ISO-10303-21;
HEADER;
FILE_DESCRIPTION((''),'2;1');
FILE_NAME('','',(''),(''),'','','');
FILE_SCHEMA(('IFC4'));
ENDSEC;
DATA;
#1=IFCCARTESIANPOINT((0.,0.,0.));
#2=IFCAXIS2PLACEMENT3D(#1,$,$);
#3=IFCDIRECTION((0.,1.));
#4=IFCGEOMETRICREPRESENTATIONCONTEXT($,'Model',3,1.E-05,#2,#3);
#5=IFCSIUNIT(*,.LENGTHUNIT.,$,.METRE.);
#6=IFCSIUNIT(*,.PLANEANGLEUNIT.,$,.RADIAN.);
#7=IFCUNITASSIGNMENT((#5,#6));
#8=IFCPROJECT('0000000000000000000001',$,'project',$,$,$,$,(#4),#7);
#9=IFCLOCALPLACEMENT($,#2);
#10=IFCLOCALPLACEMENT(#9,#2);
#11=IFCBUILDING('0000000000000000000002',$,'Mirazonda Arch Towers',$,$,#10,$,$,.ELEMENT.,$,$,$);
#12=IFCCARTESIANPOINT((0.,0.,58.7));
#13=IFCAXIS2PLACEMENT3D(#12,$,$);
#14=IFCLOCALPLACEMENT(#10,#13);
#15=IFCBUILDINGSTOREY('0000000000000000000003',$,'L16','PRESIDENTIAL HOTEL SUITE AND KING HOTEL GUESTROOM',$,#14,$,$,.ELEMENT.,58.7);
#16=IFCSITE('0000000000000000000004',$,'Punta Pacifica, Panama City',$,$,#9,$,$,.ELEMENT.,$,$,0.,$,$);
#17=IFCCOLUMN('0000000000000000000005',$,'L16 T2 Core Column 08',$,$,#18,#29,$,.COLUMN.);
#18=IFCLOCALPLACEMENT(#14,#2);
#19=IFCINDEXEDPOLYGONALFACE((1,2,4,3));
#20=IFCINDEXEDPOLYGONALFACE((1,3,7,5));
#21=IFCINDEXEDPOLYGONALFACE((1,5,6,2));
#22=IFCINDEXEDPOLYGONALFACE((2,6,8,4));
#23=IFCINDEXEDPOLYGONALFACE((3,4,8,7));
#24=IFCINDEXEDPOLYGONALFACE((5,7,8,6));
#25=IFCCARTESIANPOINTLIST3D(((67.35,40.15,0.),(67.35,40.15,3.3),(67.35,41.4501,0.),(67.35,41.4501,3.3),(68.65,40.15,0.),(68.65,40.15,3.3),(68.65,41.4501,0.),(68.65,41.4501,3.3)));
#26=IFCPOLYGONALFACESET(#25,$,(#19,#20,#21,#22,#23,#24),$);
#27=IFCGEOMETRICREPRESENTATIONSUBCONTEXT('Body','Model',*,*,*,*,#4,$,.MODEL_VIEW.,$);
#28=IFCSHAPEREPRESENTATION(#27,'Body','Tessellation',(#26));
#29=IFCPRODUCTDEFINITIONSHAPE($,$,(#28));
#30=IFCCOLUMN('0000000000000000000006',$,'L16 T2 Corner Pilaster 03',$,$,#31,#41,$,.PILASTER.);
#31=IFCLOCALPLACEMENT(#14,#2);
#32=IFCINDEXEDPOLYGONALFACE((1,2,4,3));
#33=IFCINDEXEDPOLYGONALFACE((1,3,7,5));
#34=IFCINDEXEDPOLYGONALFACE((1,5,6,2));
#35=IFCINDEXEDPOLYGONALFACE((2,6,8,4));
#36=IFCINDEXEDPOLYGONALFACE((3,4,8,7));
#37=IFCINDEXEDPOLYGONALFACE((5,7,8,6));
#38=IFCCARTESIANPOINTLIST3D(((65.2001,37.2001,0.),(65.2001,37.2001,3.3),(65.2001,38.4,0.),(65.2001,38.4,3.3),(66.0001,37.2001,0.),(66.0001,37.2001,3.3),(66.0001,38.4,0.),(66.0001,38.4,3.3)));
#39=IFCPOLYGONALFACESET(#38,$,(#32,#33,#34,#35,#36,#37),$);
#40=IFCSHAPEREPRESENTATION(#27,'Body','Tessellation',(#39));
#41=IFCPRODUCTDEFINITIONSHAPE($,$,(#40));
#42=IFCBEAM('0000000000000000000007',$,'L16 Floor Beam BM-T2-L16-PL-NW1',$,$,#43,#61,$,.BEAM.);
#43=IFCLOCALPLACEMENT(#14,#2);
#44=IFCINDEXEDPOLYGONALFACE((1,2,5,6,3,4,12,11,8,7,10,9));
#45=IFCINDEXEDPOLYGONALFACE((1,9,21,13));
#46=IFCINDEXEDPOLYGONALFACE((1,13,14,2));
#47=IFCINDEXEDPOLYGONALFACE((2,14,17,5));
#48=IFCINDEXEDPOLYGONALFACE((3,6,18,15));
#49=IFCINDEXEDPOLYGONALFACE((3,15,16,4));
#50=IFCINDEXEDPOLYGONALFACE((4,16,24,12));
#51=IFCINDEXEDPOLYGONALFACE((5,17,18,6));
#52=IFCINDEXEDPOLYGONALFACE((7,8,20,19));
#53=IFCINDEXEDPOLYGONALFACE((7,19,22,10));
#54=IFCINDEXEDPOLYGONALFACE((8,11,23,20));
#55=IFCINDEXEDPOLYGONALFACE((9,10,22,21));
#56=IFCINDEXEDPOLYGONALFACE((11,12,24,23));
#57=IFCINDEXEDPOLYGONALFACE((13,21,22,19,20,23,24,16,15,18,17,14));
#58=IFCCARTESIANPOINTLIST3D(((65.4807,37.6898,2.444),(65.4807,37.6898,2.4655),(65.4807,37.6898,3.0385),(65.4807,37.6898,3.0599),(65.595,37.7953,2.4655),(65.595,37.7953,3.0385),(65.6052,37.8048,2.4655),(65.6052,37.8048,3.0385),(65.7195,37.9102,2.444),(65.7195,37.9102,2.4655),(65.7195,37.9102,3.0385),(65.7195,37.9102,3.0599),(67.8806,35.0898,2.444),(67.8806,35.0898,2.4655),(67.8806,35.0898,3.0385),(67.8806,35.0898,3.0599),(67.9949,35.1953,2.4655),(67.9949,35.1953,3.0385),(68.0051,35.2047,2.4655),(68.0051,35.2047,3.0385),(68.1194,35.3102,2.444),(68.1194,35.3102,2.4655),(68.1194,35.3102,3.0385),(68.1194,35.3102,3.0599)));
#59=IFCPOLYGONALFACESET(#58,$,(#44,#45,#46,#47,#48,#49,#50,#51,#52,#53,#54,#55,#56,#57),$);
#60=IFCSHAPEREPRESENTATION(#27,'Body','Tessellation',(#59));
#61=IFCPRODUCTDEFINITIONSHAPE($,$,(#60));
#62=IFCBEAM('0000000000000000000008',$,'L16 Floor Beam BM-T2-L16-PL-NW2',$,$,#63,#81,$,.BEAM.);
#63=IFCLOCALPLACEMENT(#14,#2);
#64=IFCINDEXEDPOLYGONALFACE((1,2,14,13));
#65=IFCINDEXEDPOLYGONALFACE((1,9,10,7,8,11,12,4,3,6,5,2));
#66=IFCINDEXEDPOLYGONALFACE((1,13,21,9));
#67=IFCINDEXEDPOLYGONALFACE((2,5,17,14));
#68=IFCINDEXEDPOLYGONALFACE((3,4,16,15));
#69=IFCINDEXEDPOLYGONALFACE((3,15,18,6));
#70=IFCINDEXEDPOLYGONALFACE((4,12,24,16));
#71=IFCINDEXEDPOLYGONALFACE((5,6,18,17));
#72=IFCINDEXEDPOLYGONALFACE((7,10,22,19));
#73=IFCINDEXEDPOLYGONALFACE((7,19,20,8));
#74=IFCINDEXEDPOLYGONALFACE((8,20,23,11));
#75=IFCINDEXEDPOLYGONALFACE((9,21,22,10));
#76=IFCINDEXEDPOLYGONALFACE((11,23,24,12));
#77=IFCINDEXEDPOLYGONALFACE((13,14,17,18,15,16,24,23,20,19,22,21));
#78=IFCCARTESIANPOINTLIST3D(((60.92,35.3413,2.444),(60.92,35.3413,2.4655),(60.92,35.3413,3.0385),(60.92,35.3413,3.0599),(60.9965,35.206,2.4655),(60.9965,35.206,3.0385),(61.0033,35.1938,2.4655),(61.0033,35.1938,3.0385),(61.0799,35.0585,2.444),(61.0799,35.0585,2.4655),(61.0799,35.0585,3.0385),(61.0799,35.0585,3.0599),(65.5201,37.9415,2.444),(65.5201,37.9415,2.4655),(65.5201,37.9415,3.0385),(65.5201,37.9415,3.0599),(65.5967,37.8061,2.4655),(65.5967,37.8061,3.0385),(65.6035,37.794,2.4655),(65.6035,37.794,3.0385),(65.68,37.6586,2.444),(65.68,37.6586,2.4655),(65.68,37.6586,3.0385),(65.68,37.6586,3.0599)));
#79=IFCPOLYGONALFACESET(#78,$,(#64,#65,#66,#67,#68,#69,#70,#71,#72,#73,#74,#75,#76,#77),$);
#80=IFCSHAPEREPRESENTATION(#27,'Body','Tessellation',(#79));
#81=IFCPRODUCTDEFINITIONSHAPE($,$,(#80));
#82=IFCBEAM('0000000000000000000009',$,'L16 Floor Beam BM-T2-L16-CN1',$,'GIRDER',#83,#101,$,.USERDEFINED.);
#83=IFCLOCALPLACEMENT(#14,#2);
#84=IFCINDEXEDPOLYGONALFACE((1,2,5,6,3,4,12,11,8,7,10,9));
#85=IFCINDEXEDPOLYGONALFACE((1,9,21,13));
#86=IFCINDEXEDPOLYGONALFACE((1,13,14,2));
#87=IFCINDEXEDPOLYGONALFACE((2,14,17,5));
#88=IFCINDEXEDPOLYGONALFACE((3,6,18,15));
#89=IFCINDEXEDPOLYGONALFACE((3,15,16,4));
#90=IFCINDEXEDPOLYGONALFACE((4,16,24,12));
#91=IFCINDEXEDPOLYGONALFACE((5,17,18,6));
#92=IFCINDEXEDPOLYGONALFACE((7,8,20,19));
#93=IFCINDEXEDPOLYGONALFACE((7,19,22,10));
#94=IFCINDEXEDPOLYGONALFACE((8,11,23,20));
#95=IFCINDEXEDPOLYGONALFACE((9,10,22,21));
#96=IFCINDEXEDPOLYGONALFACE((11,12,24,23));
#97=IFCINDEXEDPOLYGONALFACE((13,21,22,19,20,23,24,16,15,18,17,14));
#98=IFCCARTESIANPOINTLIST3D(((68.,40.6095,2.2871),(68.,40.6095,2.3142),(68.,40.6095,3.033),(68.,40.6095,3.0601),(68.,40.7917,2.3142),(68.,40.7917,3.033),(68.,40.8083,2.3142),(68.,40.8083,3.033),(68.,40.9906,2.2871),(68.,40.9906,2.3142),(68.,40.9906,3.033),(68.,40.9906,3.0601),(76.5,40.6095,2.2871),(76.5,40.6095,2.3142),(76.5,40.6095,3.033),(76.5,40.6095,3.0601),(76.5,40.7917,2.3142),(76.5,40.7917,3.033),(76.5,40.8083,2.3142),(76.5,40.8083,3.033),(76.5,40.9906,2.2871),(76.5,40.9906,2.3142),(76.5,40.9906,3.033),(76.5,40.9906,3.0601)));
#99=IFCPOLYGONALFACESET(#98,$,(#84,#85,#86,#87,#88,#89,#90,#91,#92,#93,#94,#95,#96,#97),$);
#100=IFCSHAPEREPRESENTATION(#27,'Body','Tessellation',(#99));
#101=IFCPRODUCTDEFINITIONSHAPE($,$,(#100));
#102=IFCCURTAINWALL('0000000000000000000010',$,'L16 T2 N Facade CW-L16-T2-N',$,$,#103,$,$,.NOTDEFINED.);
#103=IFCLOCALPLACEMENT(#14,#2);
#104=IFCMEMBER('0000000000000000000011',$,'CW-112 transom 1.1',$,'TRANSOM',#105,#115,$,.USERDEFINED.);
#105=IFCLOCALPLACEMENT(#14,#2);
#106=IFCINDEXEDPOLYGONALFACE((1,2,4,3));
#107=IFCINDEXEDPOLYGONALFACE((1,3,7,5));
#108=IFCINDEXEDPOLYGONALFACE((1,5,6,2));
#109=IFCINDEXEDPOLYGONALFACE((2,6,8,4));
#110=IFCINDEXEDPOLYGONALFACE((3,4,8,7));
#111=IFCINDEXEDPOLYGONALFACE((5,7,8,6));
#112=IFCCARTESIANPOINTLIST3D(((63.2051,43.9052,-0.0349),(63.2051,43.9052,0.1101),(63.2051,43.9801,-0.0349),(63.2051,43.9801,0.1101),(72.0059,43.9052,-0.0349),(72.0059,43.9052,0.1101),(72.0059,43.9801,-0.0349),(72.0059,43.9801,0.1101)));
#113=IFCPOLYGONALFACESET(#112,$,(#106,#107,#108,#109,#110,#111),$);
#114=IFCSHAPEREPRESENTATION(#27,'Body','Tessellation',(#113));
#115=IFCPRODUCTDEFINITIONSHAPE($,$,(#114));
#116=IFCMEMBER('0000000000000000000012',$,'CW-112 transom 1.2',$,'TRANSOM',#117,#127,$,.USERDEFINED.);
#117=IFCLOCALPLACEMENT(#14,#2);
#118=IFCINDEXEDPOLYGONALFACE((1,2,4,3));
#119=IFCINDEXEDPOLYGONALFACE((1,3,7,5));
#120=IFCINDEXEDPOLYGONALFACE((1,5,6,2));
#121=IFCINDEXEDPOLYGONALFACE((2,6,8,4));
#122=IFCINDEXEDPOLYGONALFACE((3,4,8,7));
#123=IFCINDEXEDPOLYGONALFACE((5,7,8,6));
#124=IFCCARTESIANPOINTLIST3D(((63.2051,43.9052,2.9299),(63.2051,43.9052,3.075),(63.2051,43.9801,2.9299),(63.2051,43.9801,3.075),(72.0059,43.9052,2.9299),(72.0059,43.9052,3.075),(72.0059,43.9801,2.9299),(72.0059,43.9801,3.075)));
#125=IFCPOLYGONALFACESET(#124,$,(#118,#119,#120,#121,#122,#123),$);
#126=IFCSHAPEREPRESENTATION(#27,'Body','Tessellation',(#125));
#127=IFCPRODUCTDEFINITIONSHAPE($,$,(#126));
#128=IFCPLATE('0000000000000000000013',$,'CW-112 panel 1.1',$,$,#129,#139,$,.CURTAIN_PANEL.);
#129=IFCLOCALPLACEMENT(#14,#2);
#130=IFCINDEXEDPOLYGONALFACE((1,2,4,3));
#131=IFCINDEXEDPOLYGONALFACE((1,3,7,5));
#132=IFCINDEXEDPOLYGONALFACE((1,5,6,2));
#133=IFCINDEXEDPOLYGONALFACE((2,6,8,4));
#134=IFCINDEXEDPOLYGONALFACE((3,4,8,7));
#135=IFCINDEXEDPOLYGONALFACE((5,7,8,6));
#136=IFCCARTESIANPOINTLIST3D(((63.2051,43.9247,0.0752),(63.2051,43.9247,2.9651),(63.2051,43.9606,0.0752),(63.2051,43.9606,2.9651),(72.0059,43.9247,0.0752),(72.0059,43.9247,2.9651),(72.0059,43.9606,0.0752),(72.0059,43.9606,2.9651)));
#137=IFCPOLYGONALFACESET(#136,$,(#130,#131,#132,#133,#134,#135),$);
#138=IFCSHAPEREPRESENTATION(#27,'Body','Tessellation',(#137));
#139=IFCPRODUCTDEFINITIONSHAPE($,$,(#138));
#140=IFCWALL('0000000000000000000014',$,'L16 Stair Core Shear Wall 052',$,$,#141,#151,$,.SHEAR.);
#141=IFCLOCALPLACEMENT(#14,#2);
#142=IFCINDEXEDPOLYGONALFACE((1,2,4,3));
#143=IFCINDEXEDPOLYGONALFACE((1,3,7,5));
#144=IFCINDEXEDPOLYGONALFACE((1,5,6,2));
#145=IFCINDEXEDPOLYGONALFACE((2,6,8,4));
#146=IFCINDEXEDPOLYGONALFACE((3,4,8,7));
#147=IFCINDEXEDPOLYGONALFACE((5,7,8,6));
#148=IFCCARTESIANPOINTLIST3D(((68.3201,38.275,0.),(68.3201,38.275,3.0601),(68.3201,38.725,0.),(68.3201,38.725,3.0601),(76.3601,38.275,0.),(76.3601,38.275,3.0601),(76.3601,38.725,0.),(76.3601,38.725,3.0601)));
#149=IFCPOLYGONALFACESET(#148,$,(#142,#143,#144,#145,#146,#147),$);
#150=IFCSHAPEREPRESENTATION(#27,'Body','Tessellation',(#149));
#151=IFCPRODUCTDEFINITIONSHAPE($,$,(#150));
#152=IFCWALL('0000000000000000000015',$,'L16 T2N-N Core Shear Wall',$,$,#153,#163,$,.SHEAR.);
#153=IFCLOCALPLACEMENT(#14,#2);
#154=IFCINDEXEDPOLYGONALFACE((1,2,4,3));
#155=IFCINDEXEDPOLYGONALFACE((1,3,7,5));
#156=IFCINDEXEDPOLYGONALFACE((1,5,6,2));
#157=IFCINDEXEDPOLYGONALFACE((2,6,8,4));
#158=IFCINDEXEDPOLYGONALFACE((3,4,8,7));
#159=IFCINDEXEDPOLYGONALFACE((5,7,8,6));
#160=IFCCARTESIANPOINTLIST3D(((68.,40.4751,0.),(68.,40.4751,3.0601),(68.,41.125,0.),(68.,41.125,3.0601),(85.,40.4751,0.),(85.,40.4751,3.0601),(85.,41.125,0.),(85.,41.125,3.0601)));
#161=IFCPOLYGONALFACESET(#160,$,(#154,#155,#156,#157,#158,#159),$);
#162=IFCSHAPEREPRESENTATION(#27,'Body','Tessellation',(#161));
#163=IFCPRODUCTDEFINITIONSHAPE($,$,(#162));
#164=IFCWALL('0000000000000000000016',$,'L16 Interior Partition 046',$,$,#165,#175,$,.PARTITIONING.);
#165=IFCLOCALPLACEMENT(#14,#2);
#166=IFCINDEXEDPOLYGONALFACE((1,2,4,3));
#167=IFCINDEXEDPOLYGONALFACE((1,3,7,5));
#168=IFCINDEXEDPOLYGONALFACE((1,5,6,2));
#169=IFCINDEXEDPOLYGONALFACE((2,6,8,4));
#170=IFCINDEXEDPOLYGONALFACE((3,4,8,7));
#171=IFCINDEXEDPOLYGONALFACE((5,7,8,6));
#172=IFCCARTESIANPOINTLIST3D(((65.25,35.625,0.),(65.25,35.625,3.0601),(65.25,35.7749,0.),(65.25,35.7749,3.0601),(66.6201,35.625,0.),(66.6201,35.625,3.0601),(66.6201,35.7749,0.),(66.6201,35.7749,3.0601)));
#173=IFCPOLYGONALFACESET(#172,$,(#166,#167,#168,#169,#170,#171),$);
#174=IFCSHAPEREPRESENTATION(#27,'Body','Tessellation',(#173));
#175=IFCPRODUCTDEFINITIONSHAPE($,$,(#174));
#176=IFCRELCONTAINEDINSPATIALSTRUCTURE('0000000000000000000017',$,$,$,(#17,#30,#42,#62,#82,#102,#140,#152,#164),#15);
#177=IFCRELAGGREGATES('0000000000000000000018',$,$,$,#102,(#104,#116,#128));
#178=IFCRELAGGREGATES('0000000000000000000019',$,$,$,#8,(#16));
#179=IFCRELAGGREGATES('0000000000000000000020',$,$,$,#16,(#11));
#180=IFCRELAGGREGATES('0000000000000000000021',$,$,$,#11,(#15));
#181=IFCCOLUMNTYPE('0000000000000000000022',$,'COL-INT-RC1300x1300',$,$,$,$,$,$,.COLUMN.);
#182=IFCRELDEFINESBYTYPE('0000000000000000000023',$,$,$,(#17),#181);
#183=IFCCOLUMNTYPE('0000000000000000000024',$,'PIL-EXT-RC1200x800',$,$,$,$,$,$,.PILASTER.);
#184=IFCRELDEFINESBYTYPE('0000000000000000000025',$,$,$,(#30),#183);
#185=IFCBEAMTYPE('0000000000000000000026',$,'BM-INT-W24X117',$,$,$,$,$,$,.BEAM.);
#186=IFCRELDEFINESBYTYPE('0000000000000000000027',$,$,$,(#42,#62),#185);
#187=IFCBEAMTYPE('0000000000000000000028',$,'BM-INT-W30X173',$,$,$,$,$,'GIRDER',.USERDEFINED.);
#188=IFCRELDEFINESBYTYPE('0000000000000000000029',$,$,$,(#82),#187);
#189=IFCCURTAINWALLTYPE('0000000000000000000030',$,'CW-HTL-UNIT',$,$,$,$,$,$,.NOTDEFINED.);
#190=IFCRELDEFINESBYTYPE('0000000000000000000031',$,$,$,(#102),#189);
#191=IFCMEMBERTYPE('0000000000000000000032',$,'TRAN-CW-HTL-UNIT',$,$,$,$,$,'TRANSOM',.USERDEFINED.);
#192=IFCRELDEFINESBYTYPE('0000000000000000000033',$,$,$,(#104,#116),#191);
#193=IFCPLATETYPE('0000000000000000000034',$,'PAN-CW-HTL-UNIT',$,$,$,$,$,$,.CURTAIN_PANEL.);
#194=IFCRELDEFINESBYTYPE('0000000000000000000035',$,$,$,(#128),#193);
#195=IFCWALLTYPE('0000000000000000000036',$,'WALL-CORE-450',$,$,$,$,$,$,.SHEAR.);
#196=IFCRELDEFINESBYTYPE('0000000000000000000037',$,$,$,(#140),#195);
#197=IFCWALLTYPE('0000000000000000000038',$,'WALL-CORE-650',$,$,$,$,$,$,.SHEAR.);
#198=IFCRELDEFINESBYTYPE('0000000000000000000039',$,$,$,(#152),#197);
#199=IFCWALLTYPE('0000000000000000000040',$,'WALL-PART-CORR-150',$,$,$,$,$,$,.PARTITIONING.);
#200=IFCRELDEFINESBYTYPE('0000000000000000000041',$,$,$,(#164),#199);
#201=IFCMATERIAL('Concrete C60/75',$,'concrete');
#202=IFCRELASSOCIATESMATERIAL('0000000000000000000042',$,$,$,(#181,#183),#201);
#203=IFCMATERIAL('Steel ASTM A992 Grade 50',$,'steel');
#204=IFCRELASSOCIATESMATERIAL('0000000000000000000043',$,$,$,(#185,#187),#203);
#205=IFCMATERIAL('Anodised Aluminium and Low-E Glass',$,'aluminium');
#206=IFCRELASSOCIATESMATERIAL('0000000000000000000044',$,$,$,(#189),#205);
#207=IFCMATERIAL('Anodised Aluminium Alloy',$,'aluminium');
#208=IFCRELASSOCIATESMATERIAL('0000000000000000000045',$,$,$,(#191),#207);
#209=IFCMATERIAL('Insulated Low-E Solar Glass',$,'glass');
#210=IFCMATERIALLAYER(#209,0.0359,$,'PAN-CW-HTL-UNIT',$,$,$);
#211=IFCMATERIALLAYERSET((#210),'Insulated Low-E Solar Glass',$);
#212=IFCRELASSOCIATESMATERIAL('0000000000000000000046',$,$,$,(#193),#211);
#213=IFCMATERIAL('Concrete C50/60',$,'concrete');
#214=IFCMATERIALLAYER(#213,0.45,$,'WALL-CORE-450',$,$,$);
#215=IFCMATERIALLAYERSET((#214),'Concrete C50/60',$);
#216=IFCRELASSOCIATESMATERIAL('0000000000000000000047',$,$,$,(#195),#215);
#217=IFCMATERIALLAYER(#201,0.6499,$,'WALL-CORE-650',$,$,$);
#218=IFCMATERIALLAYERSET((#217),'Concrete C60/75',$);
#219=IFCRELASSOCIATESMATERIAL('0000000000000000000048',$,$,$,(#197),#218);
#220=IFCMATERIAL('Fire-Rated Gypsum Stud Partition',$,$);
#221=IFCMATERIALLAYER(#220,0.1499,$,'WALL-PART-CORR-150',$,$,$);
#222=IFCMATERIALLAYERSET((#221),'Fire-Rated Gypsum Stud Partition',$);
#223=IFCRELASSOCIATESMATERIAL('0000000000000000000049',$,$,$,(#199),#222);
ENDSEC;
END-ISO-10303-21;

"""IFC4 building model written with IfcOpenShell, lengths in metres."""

from ifc_helpers import new_model, si_unit, direction, frame, frame_2d, origin, origin_2d, place, context, subcontext, project, spatial, rectangle, i_section, extrude, material, layer, layer_set, material_profile, profile_set, type_object, element, aggregate, save


model = new_model("IFC4")

# Units and contexts
model_context = context("Model", 3, precision=1e-05, world=origin(), true_north=direction((0.0, 1.0)))
body_context = subcontext(model_context, "Body", "Model", "MODEL_VIEW")
ifc_project = project(units=[si_unit("LENGTHUNIT", "METRE"), si_unit("PLANEANGLEUNIT", "RADIAN")], contexts=[model_context])

# Site, building, storey
site_placement = place(None, origin())
site = spatial("IfcSite", under=ifc_project, at=site_placement, Name="Punta Pacifica, Panama City", CompositionType="ELEMENT", RefElevation=0.0)
building_placement = place(site_placement, origin())
building = spatial("IfcBuilding", under=site, at=building_placement, Name="Mirazonda Arch Towers", CompositionType="ELEMENT")
storey_placement = place(building_placement, frame((0.0, 0.0, 58.7)))
storey = spatial("IfcBuildingStorey", under=building, at=storey_placement, Name="L16", Description="PRESIDENTIAL HOTEL SUITE AND KING HOTEL GUESTROOM", CompositionType="ELEMENT", Elevation=58.7)

# Columns
ifc_material_1 = material(Name="Concrete C60/75", Category="concrete")
ifc_material_profile_1 = material_profile(ifc_material_1, rectangle(XDim=1.3, YDim=1.3, at=origin_2d()), Name="RC1300x1300")
ifc_profile_set_1 = profile_set([ifc_material_profile_1], Name="Concrete C60/75")
column_type_1 = type_object("IfcColumnType", Name="COL-INT-RC1300x1300", PredefinedType="COLUMN", material=ifc_profile_set_1)
column_1_placement = place(storey_placement, frame((68.0, 40.8, 0.0), z_axis=(0.0, 0.0, 1.0), x_axis=(1.0, 0.0, 0.0)))
element("IfcColumn", 1, at=column_1_placement, inside=storey, type_object=column_type_1, Name="L16 T2 Core Column 08", PredefinedType="COLUMN", context=body_context, shape_type="SweptSolid", body=[
    extrude(rectangle(XDim=1.3, YDim=1.3, at=origin_2d()), origin(), (0.0, 0.0, 1.0), 3.3),
])
ifc_material_profile_2 = material_profile(ifc_material_1, rectangle(XDim=0.8, YDim=1.2, at=origin_2d()), Name="RC1200x800")
ifc_profile_set_2 = profile_set([ifc_material_profile_2], Name="Concrete C60/75")
column_type_2 = type_object("IfcColumnType", Name="PIL-EXT-RC1200x800", PredefinedType="PILASTER", material=ifc_profile_set_2)
column_2_placement = place(storey_placement, frame((65.6001, 37.8, 0.0), z_axis=(0.0, 0.0, 1.0), x_axis=(1.0, 0.0, 0.0)))
element("IfcColumn", 2, at=column_2_placement, inside=storey, type_object=column_type_2, Name="L16 T2 Corner Pilaster 03", PredefinedType="PILASTER", context=body_context, shape_type="SweptSolid", body=[
    extrude(rectangle(XDim=0.8, YDim=1.2, at=origin_2d()), origin(), (0.0, 0.0, 1.0), 3.3),
])

# Beams
ifc_material_2 = material(Name="Steel ASTM A992 Grade 50", Category="steel")
ifc_material_profile_3 = material_profile(ifc_material_2, i_section(OverallWidth=0.325, OverallDepth=0.616, WebThickness=0.0139, FlangeThickness=0.0215, at=origin_2d()), Name="W24X117")
ifc_profile_set_3 = profile_set([ifc_material_profile_3], Name="Steel ASTM A992 Grade 50")
beam_type_1 = type_object("IfcBeamType", Name="BM-INT-W24X117", PredefinedType="BEAM", material=ifc_profile_set_3)
beam_1_placement = place(storey_placement, frame((65.6001, 37.8, 2.752), z_axis=(0.678251, -0.73483, 0.0), x_axis=(0.73483, 0.678251, 0.0)))
element("IfcBeam", 3, at=beam_1_placement, inside=storey, type_object=beam_type_1, Name="L16 Floor Beam BM-T2-L16-PL-NW1", PredefinedType="BEAM", context=body_context, shape_type="SweptSolid", body=[
    extrude(i_section(OverallWidth=0.325, OverallDepth=0.616, WebThickness=0.0139, FlangeThickness=0.0215, at=origin_2d()), origin(), (0.0, 0.0, 1.0), 3.5383),
])
beam_2_placement = place(storey_placement, frame((65.6001, 37.8, 2.752), z_axis=(-0.870559, -0.492063, 0.0), x_axis=(0.492063, -0.870559, 0.0)))
element("IfcBeam", 4, at=beam_2_placement, inside=storey, type_object=beam_type_1, Name="L16 Floor Beam BM-T2-L16-PL-NW2", PredefinedType="BEAM", context=body_context, shape_type="SweptSolid", body=[
    extrude(i_section(OverallWidth=0.325, OverallDepth=0.616, WebThickness=0.0139, FlangeThickness=0.0215, at=origin_2d()), origin(), (0.0, 0.0, 1.0), 5.2842),
])
ifc_material_profile_4 = material_profile(ifc_material_2, i_section(OverallWidth=0.3811, OverallDepth=0.7729, WebThickness=0.0166, FlangeThickness=0.0271, at=origin_2d()), Name="W30X173")
ifc_profile_set_4 = profile_set([ifc_material_profile_4], Name="Steel ASTM A992 Grade 50")
beam_type_2 = type_object("IfcBeamType", Name="BM-INT-W30X173", ElementType="GIRDER", PredefinedType="USERDEFINED", material=ifc_profile_set_4)
beam_3_placement = place(storey_placement, frame((68.0, 40.8, 2.6736), z_axis=(1.0, 0.0, 0.0), x_axis=(0.0, 1.0, 0.0)))
element("IfcBeam", 5, at=beam_3_placement, inside=storey, type_object=beam_type_2, Name="L16 Floor Beam BM-T2-L16-CN1", ObjectType="GIRDER", PredefinedType="USERDEFINED", context=body_context, shape_type="SweptSolid", body=[
    extrude(i_section(OverallWidth=0.3811, OverallDepth=0.7729, WebThickness=0.0166, FlangeThickness=0.0271, at=origin_2d()), origin(), (0.0, 0.0, 1.0), 8.5),
])

# Curtain wall, members, plate
ifc_material_3 = material(Name="Anodised Aluminium and Low-E Glass", Category="aluminium")
curtain_wall_type = type_object("IfcCurtainWallType", Name="CW-HTL-UNIT", PredefinedType="NOTDEFINED", material=ifc_material_3)
curtain_wall_placement = place(storey_placement, origin())
curtain_wall = element("IfcCurtainWall", 6, at=curtain_wall_placement, inside=storey, type_object=curtain_wall_type, Name="L16 T2 N Facade CW-L16-T2-N", PredefinedType="NOTDEFINED")
ifc_material_4 = material(Name="Anodised Aluminium Alloy", Category="aluminium")
ifc_material_profile_5 = material_profile(ifc_material_4, rectangle(XDim=0.075, YDim=0.145, at=origin_2d()), Name="ALU-TRAN-75x145")
ifc_profile_set_5 = profile_set([ifc_material_profile_5], Name="Anodised Aluminium Alloy")
member_type = type_object("IfcMemberType", Name="TRAN-CW-HTL-UNIT", ElementType="TRANSOM", PredefinedType="USERDEFINED", material=ifc_profile_set_5)
member_1_placement = place(storey_placement, frame((63.2051, 43.9426, 0.0376), z_axis=(1.0, 0.0, 0.0), x_axis=(0.0, 1.0, 0.0)))
member_1 = element("IfcMember", 7, at=member_1_placement, type_object=member_type, Name="CW-112 transom 1.1", ObjectType="TRANSOM", PredefinedType="USERDEFINED", context=body_context, shape_type="SweptSolid", body=[
    extrude(rectangle(XDim=0.075, YDim=0.145, at=origin_2d()), origin(), (0.0, 0.0, 1.0), 8.8008),
])
member_2_placement = place(storey_placement, frame((63.2051, 43.9426, 3.0024), z_axis=(1.0, 0.0, 0.0), x_axis=(0.0, 1.0, 0.0)))
member_2 = element("IfcMember", 8, at=member_2_placement, type_object=member_type, Name="CW-112 transom 1.2", ObjectType="TRANSOM", PredefinedType="USERDEFINED", context=body_context, shape_type="SweptSolid", body=[
    extrude(rectangle(XDim=0.075, YDim=0.145, at=origin_2d()), origin(), (0.0, 0.0, 1.0), 8.8008),
])
ifc_material_5 = material(Name="Insulated Low-E Solar Glass", Category="glass")
ifc_layer_1 = layer(ifc_material_5, 0.0359, Name="PAN-CW-HTL-UNIT")
ifc_layer_set_1 = layer_set([ifc_layer_1], Name="Insulated Low-E Solar Glass")
plate_type = type_object("IfcPlateType", Name="PAN-CW-HTL-UNIT", PredefinedType="CURTAIN_PANEL", material=ifc_layer_set_1)
plate_placement = place(storey_placement, frame((67.6055, 43.9426, 0.0752), z_axis=(0.0, 0.0, 1.0), x_axis=(1.0, 0.0, 0.0)))
plate = element("IfcPlate", 9, at=plate_placement, type_object=plate_type, Name="CW-112 panel 1.1", PredefinedType="CURTAIN_PANEL", context=body_context, shape_type="SweptSolid", body=[
    extrude(rectangle(XDim=8.8008, YDim=0.0359, at=origin_2d()), origin(), (0.0, 0.0, 1.0), 2.8899),
])
aggregate(curtain_wall, [member_1, member_2, plate])

# Walls
ifc_material_6 = material(Name="Concrete C50/60", Category="concrete")
ifc_layer_2 = layer(ifc_material_6, 0.45, Name="WALL-CORE-450")
ifc_layer_set_2 = layer_set([ifc_layer_2], Name="Concrete C50/60")
wall_type_1 = type_object("IfcWallType", Name="WALL-CORE-450", PredefinedType="SHEAR", material=ifc_layer_set_2)
wall_1_placement = place(storey_placement, frame((68.3201, 38.5, 0.0), z_axis=(0.0, 0.0, 1.0), x_axis=(1.0, 0.0, 0.0)))
element("IfcWall", 10, at=wall_1_placement, inside=storey, type_object=wall_type_1, Name="L16 Stair Core Shear Wall 052", PredefinedType="SHEAR", context=body_context, shape_type="SweptSolid", body=[
    extrude(rectangle(XDim=8.04, YDim=0.45, at=frame_2d((4.02, 0.0))), origin(), (0.0, 0.0, 1.0), 3.0601),
])
ifc_layer_3 = layer(ifc_material_1, 0.6499, Name="WALL-CORE-650")
ifc_layer_set_3 = layer_set([ifc_layer_3], Name="Concrete C60/75")
wall_type_2 = type_object("IfcWallType", Name="WALL-CORE-650", PredefinedType="SHEAR", material=ifc_layer_set_3)
wall_2_placement = place(storey_placement, frame((68.0, 40.8, 0.0), z_axis=(0.0, 0.0, 1.0), x_axis=(1.0, 0.0, 0.0)))
element("IfcWall", 11, at=wall_2_placement, inside=storey, type_object=wall_type_2, Name="L16 T2N-N Core Shear Wall", PredefinedType="SHEAR", context=body_context, shape_type="SweptSolid", body=[
    extrude(rectangle(XDim=17.0, YDim=0.6499, at=frame_2d((8.5, 0.0))), origin(), (0.0, 0.0, 1.0), 3.0601),
])
ifc_material_7 = material(Name="Fire-Rated Gypsum Stud Partition")
ifc_layer_4 = layer(ifc_material_7, 0.1499, Name="WALL-PART-CORR-150")
ifc_layer_set_4 = layer_set([ifc_layer_4], Name="Fire-Rated Gypsum Stud Partition")
wall_type_3 = type_object("IfcWallType", Name="WALL-PART-CORR-150", PredefinedType="PARTITIONING", material=ifc_layer_set_4)
wall_3_placement = place(storey_placement, frame((65.25, 35.7, 0.0), z_axis=(0.0, 0.0, 1.0), x_axis=(1.0, 0.0, 0.0)))
element("IfcWall", 12, at=wall_3_placement, inside=storey, type_object=wall_type_3, Name="L16 Interior Partition 046", PredefinedType="PARTITIONING", context=body_context, shape_type="SweptSolid", body=[
    extrude(rectangle(XDim=1.3701, YDim=0.1499, at=frame_2d((0.6851, 0.0))), origin(), (0.0, 0.0, 1.0), 3.0601),
])

save(model, "model.ifc")
